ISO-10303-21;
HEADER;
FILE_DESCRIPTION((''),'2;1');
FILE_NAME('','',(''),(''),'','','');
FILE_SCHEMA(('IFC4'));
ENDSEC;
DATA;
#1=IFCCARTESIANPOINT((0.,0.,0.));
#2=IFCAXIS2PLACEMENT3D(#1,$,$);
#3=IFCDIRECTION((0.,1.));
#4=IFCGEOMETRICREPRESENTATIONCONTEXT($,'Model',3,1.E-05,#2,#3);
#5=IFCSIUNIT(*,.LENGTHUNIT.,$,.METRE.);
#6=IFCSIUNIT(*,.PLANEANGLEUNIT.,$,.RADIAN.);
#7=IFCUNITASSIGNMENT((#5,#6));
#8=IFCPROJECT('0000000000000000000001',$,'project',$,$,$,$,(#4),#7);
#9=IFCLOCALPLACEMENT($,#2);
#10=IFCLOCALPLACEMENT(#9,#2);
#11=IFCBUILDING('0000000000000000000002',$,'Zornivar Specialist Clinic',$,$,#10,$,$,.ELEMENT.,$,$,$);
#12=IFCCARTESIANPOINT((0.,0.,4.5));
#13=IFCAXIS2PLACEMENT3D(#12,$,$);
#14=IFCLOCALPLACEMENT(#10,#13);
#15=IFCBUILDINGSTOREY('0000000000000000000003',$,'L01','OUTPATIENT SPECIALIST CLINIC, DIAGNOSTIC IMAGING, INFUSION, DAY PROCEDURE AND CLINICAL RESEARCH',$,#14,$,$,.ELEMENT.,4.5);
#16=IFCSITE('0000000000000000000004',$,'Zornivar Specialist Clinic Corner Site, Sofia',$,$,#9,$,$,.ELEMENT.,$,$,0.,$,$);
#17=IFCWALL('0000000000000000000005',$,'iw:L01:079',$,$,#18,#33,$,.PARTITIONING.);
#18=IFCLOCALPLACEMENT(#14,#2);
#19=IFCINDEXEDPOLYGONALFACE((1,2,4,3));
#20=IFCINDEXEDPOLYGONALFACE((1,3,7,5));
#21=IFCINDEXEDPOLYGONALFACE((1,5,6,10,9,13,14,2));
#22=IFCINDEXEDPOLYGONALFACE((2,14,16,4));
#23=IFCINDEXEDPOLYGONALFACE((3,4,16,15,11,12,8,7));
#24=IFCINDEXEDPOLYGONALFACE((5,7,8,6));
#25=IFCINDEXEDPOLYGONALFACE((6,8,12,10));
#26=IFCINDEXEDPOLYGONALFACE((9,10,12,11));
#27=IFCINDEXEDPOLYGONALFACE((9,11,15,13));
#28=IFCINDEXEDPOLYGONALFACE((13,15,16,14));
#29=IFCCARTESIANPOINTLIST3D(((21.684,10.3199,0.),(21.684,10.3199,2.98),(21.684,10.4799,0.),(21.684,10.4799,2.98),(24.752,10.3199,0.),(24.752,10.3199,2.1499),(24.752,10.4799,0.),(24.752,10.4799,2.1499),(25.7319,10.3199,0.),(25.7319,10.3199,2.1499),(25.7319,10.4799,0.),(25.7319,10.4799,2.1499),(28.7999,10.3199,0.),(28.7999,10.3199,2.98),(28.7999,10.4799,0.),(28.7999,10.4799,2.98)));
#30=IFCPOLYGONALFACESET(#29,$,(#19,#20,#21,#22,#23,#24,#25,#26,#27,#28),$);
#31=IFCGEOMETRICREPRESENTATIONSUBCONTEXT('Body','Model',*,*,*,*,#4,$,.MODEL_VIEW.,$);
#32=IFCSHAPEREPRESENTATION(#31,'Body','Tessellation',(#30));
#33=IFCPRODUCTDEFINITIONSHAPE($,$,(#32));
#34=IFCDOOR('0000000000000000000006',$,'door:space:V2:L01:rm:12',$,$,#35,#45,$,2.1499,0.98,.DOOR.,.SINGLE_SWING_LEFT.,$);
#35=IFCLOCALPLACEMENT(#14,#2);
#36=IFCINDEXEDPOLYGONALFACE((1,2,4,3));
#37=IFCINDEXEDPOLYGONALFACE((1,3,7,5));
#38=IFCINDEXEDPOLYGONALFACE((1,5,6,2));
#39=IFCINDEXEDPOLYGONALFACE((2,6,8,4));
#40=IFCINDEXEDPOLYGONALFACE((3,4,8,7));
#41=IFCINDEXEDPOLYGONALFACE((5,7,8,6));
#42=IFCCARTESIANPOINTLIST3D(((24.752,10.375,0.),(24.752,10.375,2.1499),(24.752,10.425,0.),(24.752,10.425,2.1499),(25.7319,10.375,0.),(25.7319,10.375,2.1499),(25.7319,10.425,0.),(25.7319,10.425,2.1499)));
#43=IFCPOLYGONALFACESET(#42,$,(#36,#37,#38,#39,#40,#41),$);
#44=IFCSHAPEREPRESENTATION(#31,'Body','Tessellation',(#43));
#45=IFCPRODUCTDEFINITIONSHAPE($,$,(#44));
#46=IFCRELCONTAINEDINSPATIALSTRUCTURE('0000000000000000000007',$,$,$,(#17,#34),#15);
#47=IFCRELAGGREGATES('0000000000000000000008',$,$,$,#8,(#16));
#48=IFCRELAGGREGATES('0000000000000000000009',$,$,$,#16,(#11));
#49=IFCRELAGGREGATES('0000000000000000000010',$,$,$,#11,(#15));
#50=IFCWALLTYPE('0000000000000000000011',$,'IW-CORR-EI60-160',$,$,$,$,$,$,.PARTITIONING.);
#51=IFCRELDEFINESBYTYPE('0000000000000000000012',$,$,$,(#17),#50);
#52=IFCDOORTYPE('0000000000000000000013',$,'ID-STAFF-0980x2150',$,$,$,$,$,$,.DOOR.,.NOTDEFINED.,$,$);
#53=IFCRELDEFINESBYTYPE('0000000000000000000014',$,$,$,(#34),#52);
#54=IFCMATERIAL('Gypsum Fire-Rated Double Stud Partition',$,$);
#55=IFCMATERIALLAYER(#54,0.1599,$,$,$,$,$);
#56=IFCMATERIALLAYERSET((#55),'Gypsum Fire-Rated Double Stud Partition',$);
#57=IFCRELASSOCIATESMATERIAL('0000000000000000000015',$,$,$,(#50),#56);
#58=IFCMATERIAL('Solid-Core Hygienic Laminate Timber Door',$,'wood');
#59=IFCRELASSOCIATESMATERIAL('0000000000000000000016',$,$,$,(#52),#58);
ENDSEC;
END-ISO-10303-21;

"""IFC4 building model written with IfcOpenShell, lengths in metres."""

from ifc_helpers import new_model, si_unit, direction, frame, frame_2d, origin, place, context, subcontext, project, spatial, rectangle, extrude, material, layer, layer_set, type_object, element, fill, save


model = new_model("IFC4")

# Units and contexts
model_context = context("Model", 3, precision=1e-05, world=origin(), true_north=direction((0.0, 1.0)))
body_context = subcontext(model_context, "Body", "Model", "MODEL_VIEW")
ifc_project = project(units=[si_unit("LENGTHUNIT", "METRE"), si_unit("PLANEANGLEUNIT", "RADIAN")], contexts=[model_context])

# Site, building, storey
site_placement = place(None, origin())
site = spatial("IfcSite", under=ifc_project, at=site_placement, Name="Zornivar Specialist Clinic Corner Site, Sofia", CompositionType="ELEMENT", RefElevation=0.0)
building_placement = place(site_placement, origin())
building = spatial("IfcBuilding", under=site, at=building_placement, Name="Zornivar Specialist Clinic", CompositionType="ELEMENT")
storey_placement = place(building_placement, frame((0.0, 0.0, 4.5)))
storey = spatial("IfcBuildingStorey", under=building, at=storey_placement, Name="L01", Description="OUTPATIENT SPECIALIST CLINIC, DIAGNOSTIC IMAGING, INFUSION, DAY PROCEDURE AND CLINICAL RESEARCH", CompositionType="ELEMENT", Elevation=4.5)

# Wall, opening, door
ifc_material_1 = material(Name="Gypsum Fire-Rated Double Stud Partition")
ifc_layer_1 = layer(ifc_material_1, 0.1599)
ifc_layer_set_1 = layer_set([ifc_layer_1], Name="Gypsum Fire-Rated Double Stud Partition")
wall_type_1 = type_object("IfcWallType", Name="IW-CORR-EI60-160", PredefinedType="PARTITIONING", material=ifc_layer_set_1)
wall_1_placement = place(storey_placement, frame((28.8, 10.3999, 0.0), z_axis=(0.0, 0.0, 1.0), x_axis=(-1.0, 0.0, 0.0)))
wall_1 = element("IfcWall", 1, at=wall_1_placement, inside=storey, type_object=wall_type_1, Name="iw:L01:079", PredefinedType="PARTITIONING", context=body_context, shape_type="SweptSolid", body=[
    extrude(rectangle(XDim=7.116, YDim=0.1599, at=frame_2d((3.5581, 0.0))), origin(), (0.0, 0.0, 1.0), 2.98),
])
opening_1_placement = place(wall_1_placement, frame((3.0681, 0.0, 0.0)))
opening_1 = element("IfcOpeningElement", 2, at=opening_1_placement, cuts=wall_1, PredefinedType="OPENING", context=body_context, shape_type="SweptSolid", body=[
    extrude(rectangle(XDim=0.98, YDim=2.1499, at=frame_2d((0.49, 1.075))), frame((0.0, 0.0898, 0.0), z_axis=(0.0, -1.0, 0.0), x_axis=(1.0, 0.0, 0.0)), (0.0, 0.0, 1.0), 0.1799),
])
ifc_material_2 = material(Name="Solid-Core Hygienic Laminate Timber Door", Category="wood")
door_type_1 = type_object("IfcDoorType", Name="ID-STAFF-0980x2150", OperationType="NOTDEFINED", PredefinedType="DOOR", material=ifc_material_2)
door_1_placement = place(opening_1_placement, origin())
door_1 = element("IfcDoor", 3, at=door_1_placement, inside=storey, type_object=door_type_1, Name="door:space:V2:L01:rm:12", OperationType="SINGLE_SWING_LEFT", OverallHeight=2.1499, OverallWidth=0.98, PredefinedType="DOOR", context=body_context, shape_type="SweptSolid", body=[
    extrude(rectangle(XDim=0.98, YDim=2.1499, at=frame_2d((0.49, 1.075))), frame((0.0, 0.0249, 0.0), z_axis=(0.0, -1.0, 0.0), x_axis=(1.0, 0.0, 0.0)), (0.0, 0.0, 1.0), 0.05),
])
fill(opening_1, door_1)

save(model, "model.ifc")
